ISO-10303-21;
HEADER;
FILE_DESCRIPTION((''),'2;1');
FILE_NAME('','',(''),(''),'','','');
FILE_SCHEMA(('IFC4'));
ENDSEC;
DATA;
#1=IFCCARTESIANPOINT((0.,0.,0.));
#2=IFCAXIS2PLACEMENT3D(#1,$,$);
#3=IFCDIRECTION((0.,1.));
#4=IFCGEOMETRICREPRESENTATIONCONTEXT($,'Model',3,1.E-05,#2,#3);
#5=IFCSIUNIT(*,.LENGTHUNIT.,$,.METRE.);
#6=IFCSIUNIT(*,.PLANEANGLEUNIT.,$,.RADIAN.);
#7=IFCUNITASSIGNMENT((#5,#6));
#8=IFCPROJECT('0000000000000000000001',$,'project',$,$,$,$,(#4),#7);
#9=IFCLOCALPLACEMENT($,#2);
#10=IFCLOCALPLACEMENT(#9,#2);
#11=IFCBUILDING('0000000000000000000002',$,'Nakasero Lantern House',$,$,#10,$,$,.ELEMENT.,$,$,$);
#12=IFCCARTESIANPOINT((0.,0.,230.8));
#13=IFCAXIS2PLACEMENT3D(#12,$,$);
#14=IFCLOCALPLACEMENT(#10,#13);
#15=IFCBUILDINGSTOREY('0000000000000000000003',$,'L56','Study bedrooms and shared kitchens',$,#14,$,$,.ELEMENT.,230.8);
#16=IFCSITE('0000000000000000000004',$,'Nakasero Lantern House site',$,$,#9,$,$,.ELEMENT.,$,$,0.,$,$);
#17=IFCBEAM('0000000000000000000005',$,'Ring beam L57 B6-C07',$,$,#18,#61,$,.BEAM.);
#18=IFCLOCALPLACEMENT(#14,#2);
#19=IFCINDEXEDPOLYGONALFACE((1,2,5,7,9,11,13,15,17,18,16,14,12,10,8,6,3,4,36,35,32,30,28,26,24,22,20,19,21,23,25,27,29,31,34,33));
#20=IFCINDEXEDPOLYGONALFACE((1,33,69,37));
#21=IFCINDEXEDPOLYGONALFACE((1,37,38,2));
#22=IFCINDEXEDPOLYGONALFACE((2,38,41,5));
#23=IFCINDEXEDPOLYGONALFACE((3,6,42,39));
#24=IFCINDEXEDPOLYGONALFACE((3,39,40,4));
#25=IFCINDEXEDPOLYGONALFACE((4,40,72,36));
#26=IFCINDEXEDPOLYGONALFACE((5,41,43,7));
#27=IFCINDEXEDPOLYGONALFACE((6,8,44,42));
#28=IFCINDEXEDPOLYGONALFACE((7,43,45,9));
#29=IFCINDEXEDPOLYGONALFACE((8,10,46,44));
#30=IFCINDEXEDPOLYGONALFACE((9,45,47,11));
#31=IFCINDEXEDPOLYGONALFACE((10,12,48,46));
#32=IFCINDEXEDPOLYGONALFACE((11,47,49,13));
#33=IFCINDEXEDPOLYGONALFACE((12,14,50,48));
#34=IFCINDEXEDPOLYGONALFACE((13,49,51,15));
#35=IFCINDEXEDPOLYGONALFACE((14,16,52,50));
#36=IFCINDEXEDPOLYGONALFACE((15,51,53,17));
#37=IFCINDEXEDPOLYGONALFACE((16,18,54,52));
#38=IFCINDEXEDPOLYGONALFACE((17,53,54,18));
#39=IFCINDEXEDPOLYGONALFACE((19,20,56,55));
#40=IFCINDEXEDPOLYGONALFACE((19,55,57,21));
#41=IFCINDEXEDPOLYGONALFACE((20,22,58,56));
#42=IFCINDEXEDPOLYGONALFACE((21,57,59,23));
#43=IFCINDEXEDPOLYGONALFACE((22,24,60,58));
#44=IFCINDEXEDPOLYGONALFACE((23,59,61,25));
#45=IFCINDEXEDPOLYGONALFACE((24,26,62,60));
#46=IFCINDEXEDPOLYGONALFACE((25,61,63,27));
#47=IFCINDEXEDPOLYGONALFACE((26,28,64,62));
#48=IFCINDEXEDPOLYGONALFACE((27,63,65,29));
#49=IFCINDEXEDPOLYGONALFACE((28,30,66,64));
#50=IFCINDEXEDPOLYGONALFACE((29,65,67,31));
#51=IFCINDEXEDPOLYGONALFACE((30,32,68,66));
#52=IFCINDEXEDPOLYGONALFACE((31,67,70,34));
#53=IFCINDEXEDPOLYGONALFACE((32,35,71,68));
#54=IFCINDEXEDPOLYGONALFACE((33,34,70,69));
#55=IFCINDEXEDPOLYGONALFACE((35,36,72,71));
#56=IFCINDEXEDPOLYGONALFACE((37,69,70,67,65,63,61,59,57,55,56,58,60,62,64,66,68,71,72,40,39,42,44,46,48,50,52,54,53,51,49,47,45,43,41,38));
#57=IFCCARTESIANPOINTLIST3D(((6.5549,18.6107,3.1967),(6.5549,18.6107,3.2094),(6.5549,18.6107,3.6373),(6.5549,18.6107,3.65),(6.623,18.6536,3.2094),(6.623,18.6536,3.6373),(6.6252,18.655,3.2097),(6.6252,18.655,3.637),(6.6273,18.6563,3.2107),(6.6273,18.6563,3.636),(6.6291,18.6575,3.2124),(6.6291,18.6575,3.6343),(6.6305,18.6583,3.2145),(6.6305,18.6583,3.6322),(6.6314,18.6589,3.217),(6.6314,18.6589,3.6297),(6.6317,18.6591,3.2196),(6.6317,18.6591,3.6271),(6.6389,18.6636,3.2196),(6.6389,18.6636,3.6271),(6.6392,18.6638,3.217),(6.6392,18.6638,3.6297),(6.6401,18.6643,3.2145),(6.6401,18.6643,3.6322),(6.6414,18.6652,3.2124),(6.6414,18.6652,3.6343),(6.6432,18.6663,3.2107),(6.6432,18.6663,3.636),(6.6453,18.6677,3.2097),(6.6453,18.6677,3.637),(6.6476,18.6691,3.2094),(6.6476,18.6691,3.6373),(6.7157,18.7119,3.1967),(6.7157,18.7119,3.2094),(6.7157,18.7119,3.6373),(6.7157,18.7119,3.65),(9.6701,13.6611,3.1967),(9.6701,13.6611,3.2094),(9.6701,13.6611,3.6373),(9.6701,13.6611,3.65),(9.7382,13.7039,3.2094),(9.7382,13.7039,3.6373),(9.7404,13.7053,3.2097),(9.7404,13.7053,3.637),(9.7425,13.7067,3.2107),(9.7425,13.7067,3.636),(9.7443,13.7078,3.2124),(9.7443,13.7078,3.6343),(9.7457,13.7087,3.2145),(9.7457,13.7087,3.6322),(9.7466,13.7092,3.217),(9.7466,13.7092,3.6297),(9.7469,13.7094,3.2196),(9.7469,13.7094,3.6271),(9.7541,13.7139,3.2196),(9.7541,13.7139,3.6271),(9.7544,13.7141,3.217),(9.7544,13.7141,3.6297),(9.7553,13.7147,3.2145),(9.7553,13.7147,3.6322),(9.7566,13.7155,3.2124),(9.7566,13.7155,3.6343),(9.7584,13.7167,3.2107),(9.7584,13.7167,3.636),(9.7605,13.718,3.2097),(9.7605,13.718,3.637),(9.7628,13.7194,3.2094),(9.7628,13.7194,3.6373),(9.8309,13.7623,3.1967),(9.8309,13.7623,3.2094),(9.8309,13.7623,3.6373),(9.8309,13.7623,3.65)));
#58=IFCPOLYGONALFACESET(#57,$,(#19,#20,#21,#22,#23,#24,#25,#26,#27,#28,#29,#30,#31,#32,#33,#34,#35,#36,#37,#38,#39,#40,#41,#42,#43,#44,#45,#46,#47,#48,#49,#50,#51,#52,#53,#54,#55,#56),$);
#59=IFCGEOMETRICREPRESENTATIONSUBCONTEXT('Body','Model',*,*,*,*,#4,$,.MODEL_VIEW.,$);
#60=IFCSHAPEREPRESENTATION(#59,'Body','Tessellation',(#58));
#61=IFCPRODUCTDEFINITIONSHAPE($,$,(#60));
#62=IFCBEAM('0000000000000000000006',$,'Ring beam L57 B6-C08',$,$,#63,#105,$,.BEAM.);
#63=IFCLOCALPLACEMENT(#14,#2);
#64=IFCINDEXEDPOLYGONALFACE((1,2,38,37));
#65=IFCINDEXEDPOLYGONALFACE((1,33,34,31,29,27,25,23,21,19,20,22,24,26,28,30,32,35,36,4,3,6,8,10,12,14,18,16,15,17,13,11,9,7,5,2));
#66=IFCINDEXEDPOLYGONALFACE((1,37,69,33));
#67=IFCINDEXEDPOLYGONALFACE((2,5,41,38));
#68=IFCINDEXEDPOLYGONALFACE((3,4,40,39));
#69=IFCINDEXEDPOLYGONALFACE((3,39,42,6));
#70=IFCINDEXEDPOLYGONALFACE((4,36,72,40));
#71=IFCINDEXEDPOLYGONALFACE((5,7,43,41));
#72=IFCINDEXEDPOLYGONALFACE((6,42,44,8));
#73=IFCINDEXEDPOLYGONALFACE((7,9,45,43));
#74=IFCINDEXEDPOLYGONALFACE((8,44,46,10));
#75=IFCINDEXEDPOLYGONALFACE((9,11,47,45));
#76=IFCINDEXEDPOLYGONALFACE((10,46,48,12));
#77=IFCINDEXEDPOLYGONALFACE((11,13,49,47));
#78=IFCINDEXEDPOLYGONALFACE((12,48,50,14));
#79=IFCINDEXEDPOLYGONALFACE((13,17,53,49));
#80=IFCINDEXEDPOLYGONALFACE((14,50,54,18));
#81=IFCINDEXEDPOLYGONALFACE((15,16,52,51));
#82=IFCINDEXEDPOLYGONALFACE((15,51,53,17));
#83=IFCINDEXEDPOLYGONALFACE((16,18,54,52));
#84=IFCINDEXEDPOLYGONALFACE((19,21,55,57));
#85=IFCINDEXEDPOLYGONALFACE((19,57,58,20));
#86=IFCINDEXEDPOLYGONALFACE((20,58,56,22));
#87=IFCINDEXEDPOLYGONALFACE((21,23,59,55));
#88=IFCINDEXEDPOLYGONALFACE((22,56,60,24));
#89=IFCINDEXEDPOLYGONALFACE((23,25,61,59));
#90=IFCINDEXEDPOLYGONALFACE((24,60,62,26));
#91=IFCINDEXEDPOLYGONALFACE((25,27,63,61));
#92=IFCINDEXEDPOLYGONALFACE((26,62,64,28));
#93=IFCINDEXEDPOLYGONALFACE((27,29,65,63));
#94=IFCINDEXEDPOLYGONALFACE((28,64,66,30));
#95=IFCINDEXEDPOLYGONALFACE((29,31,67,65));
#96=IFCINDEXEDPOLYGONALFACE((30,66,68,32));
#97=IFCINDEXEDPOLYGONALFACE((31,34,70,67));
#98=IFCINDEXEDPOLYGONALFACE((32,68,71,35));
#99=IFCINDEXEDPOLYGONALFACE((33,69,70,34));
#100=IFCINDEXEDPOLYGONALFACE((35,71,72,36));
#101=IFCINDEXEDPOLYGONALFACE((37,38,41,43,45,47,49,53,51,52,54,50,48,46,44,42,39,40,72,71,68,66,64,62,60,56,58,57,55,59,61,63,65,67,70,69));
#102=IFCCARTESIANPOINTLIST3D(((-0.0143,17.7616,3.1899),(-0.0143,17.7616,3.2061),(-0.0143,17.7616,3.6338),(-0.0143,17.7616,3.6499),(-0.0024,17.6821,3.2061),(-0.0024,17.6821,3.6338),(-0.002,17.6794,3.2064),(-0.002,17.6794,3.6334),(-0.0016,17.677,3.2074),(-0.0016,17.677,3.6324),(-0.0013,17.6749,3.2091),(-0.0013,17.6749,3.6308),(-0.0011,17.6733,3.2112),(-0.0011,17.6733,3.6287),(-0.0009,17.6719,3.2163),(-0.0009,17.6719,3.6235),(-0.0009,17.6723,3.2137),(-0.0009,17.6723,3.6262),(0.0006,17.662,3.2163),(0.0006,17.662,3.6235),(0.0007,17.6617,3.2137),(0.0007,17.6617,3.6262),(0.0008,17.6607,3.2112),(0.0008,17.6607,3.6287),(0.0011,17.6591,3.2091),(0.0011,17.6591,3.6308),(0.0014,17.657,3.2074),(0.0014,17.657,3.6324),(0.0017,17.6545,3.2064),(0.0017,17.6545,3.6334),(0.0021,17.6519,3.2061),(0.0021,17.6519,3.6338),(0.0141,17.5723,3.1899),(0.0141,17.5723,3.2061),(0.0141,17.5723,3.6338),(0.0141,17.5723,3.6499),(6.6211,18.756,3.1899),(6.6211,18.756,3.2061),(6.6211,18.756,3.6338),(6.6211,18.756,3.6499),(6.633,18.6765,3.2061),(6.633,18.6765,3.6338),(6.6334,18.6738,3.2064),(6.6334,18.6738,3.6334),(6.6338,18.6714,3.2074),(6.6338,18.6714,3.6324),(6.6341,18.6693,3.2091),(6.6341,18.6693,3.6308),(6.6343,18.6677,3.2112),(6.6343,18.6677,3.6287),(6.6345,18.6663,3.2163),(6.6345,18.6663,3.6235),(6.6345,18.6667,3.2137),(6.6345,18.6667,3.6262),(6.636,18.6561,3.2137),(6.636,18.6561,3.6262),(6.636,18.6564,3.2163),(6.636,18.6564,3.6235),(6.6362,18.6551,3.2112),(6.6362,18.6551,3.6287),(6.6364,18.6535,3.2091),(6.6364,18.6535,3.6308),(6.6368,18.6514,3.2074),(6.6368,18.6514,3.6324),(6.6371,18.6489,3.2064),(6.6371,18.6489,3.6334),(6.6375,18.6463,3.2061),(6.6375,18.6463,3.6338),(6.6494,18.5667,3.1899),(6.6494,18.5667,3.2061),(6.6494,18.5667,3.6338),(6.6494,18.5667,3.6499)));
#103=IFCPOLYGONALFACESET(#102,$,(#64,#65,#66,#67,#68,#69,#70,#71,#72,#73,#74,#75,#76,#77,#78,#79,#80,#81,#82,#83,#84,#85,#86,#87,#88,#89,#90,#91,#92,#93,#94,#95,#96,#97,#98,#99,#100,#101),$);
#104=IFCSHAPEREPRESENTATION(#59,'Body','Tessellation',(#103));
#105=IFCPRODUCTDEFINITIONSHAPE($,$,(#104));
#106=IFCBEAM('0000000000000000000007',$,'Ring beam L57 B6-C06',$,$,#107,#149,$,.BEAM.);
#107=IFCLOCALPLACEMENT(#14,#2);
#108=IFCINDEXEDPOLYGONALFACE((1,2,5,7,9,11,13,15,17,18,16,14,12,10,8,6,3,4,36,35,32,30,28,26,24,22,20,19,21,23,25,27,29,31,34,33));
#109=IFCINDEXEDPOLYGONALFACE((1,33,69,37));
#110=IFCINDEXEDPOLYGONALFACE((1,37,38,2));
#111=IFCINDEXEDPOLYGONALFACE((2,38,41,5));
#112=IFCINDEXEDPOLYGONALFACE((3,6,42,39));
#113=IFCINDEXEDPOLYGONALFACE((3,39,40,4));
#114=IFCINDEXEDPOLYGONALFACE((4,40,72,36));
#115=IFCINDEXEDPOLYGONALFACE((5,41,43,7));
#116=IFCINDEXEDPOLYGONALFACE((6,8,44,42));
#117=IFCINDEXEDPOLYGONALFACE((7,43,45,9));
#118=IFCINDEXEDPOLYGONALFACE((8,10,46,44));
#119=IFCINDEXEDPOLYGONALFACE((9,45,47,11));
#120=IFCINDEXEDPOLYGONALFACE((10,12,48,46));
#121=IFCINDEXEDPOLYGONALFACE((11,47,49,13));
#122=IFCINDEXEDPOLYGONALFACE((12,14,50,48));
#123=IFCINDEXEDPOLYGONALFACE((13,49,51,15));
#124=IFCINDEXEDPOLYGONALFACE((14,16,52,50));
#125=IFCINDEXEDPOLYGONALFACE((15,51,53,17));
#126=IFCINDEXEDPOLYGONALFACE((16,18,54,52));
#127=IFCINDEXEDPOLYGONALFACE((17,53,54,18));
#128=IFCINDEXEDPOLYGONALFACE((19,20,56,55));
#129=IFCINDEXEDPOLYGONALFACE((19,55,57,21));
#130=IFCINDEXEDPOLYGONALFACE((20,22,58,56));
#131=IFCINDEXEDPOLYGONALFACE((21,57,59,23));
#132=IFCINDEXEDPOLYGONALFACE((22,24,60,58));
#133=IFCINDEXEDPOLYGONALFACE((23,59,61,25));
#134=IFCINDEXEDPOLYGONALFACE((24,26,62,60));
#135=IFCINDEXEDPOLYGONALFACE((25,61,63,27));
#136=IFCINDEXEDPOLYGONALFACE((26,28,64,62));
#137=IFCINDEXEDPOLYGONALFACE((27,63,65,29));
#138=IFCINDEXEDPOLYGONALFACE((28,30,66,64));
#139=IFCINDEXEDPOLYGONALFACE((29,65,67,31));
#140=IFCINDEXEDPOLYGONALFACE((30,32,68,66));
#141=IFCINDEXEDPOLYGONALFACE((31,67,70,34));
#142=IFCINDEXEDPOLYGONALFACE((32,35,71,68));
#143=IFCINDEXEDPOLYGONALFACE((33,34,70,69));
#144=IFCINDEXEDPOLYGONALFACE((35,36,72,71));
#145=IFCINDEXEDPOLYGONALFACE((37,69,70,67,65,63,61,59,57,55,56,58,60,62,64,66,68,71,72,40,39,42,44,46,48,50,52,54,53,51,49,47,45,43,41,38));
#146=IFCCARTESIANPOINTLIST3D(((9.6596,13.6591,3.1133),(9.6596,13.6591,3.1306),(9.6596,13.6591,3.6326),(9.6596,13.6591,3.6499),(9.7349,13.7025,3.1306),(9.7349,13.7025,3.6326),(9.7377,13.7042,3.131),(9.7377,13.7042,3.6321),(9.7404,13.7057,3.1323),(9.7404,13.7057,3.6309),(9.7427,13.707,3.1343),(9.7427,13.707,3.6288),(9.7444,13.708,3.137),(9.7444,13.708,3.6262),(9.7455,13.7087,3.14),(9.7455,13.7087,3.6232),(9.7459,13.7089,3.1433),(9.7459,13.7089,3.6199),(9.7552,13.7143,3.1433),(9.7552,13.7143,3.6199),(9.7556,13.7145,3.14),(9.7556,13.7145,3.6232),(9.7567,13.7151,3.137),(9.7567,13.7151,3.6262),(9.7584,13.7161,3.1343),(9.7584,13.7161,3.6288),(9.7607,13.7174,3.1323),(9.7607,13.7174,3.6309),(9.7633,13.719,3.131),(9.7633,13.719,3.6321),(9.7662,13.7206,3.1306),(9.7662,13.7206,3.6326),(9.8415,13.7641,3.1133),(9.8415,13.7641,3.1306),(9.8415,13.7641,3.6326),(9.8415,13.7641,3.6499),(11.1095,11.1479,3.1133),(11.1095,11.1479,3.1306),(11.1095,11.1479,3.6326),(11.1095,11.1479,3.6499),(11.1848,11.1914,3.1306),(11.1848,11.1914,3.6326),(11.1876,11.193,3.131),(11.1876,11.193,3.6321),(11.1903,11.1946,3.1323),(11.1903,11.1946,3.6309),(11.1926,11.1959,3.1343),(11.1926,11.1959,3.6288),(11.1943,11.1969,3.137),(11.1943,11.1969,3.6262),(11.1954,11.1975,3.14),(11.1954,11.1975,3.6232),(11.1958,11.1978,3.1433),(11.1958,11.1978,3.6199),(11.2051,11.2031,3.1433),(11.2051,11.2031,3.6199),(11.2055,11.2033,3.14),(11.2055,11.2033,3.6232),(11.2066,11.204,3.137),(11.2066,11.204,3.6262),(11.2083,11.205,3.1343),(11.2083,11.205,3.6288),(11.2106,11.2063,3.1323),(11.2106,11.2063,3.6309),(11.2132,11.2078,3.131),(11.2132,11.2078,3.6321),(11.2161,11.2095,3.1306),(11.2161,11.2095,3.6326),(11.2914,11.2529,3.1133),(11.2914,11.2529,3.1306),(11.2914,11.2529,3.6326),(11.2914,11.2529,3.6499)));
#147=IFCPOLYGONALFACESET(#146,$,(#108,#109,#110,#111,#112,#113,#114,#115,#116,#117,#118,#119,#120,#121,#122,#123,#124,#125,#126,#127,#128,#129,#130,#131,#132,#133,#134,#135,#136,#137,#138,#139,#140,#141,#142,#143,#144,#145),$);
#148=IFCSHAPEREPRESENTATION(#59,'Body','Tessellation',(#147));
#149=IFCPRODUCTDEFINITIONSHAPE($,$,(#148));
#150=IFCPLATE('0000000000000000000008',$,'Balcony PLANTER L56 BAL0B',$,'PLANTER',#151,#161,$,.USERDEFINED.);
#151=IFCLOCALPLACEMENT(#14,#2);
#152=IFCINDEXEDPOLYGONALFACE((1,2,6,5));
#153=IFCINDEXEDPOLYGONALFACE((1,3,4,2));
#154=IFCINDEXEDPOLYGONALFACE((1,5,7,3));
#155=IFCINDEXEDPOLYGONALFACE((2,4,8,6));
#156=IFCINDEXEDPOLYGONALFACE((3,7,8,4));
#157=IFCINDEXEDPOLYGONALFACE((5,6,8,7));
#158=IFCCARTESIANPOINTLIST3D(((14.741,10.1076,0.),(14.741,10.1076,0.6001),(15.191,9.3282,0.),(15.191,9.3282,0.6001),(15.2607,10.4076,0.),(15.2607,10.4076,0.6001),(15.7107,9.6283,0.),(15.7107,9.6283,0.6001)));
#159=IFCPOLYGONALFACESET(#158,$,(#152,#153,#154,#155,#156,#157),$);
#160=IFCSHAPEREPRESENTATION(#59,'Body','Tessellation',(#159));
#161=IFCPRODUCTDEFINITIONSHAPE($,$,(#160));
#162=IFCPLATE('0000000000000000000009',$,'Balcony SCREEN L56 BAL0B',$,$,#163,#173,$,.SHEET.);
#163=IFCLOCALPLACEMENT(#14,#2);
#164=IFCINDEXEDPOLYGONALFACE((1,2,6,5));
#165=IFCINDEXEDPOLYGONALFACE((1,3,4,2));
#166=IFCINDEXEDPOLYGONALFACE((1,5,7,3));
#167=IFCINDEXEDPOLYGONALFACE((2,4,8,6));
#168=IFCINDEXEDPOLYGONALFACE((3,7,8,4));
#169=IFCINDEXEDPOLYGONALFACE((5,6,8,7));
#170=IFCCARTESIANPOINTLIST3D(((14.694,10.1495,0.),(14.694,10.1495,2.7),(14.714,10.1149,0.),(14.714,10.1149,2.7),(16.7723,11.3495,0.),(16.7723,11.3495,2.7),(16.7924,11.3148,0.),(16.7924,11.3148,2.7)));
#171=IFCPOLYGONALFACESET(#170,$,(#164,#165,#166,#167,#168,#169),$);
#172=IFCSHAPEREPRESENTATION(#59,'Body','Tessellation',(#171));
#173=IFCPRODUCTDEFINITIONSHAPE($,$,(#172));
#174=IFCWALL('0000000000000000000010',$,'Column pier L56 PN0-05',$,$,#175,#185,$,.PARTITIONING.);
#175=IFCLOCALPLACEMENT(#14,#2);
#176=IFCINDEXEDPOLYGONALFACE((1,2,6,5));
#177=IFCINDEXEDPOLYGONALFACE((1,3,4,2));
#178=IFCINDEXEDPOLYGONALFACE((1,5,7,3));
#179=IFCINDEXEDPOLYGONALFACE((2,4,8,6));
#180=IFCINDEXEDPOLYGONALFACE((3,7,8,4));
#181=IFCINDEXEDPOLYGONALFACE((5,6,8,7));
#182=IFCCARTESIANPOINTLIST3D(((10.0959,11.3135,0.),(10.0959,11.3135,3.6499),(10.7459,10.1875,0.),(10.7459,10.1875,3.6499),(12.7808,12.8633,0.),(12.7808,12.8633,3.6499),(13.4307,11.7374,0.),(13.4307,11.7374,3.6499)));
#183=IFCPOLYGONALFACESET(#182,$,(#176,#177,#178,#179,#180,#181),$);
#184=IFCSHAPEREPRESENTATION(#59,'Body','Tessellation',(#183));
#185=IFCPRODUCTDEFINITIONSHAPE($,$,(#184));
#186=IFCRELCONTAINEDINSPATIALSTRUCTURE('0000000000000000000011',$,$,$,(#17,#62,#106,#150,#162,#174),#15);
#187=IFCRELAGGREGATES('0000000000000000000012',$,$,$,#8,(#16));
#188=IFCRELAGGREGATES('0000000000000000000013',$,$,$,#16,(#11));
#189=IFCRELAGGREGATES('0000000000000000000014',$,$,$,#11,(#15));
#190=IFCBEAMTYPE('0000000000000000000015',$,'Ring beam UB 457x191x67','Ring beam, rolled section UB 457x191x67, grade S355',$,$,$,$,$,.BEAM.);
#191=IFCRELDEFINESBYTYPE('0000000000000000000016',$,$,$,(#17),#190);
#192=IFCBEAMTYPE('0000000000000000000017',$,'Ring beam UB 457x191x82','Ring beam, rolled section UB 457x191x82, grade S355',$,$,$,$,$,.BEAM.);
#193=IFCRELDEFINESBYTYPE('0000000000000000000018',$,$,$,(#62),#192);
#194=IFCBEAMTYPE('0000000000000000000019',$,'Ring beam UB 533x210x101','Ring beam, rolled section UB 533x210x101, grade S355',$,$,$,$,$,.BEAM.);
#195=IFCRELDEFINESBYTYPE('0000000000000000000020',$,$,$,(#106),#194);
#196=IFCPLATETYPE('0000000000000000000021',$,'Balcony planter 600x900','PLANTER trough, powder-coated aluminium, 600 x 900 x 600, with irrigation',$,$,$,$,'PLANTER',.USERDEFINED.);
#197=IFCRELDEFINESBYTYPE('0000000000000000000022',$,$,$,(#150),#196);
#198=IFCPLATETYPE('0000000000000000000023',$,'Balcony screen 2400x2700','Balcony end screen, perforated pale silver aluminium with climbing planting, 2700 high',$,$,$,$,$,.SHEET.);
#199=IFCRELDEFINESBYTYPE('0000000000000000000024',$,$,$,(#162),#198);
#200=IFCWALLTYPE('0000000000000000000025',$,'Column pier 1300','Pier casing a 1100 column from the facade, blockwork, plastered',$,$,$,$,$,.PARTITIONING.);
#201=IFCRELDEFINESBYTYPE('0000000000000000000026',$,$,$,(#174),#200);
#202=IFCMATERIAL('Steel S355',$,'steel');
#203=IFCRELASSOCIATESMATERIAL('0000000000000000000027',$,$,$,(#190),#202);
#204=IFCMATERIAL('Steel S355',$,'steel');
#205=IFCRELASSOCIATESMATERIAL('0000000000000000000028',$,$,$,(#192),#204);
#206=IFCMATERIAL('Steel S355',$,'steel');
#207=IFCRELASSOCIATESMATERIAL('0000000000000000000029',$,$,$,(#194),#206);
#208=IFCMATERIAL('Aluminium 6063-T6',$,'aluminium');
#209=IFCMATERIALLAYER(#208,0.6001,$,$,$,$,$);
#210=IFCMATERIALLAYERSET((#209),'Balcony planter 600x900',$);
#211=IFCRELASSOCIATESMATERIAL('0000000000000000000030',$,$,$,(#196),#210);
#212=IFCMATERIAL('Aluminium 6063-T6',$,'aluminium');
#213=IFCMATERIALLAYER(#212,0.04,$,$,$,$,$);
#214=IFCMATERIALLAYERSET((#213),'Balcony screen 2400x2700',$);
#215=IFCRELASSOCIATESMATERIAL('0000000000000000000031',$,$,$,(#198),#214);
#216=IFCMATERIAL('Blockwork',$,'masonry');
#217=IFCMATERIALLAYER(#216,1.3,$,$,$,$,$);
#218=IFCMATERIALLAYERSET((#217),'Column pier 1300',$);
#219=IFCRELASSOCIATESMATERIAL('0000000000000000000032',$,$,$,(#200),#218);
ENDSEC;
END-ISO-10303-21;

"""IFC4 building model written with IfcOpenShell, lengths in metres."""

from ifc_helpers import new_model, si_unit, direction, frame, frame_2d, origin, origin_2d, place, context, subcontext, project, spatial, rectangle, i_section, extrude, material, layer, layer_set, material_profile, profile_set, type_object, element, save


model = new_model("IFC4")

# Units and contexts
model_context = context("Model", 3, precision=1e-05, world=origin(), true_north=direction((0.0, 1.0)))
body_context = subcontext(model_context, "Body", "Model", "MODEL_VIEW")
ifc_project = project(units=[si_unit("LENGTHUNIT", "METRE"), si_unit("PLANEANGLEUNIT", "RADIAN")], contexts=[model_context])

# Site, building, storey
site_placement = place(None, origin())
site = spatial("IfcSite", under=ifc_project, at=site_placement, Name="Nakasero Lantern House site", CompositionType="ELEMENT", RefElevation=0.0)
building_placement = place(site_placement, origin())
building = spatial("IfcBuilding", under=site, at=building_placement, Name="Nakasero Lantern House", CompositionType="ELEMENT")
storey_placement = place(building_placement, frame((0.0, 0.0, 230.8)))
storey = spatial("IfcBuildingStorey", under=building, at=storey_placement, Name="L56", Description="Study bedrooms and shared kitchens", CompositionType="ELEMENT", Elevation=230.8)

# Beams
ifc_material_1 = material(Name="Steel S355", Category="steel")
ifc_material_profile_1 = material_profile(ifc_material_1, i_section(OverallWidth=0.1899, OverallDepth=0.4534, WebThickness=0.0085, FlangeThickness=0.0127, FilletRadius=0.0103, at=origin_2d()), Name="UB 457x191x67")
ifc_profile_set_1 = profile_set([ifc_material_profile_1], Name="Steel S355")
beam_type_1 = type_object("IfcBeamType", Name="Ring beam UB 457x191x67", Description="Ring beam, rolled section UB 457x191x67, grade S355", PredefinedType="BEAM", material=ifc_profile_set_1)
beam_1_placement = place(storey_placement, frame((9.7505, 13.7117, 3.4233), z_axis=(-0.53266, 0.846329, 0.0), x_axis=(-0.846329, -0.53266, 0.0)))
element("IfcBeam", 1, at=beam_1_placement, inside=storey, type_object=beam_type_1, Name="Ring beam L57 B6-C07", PredefinedType="BEAM", context=body_context, shape_type="SweptSolid", body=[
    extrude(i_section(OverallWidth=0.1899, OverallDepth=0.4534, WebThickness=0.0085, FlangeThickness=0.0127, FilletRadius=0.0103, at=origin_2d()), origin(), (0.0, 0.0, 1.0), 5.8484),
])
ifc_material_2 = material(Name="Steel S355", Category="steel")
ifc_material_profile_2 = material_profile(ifc_material_2, i_section(OverallWidth=0.1914, OverallDepth=0.46, WebThickness=0.01, FlangeThickness=0.0161, FilletRadius=0.0103, at=origin_2d()), Name="UB 457x191x82")
ifc_profile_set_2 = profile_set([ifc_material_profile_2], Name="Steel S355")
beam_type_2 = type_object("IfcBeamType", Name="Ring beam UB 457x191x82", Description="Ring beam, rolled section UB 457x191x82, grade S355", PredefinedType="BEAM", material=ifc_profile_set_2)
beam_2_placement = place(storey_placement, frame((6.6353, 18.6614, 3.4199), z_axis=(-0.988956, -0.148209, 0.0), x_axis=(0.148209, -0.988956, 0.0)))
element("IfcBeam", 2, at=beam_2_placement, inside=storey, type_object=beam_type_2, Name="Ring beam L57 B6-C08", PredefinedType="BEAM", context=body_context, shape_type="SweptSolid", body=[
    extrude(i_section(OverallWidth=0.1914, OverallDepth=0.46, WebThickness=0.01, FlangeThickness=0.0161, FilletRadius=0.0103, at=origin_2d()), origin(), (0.0, 0.0, 1.0), 6.7095),
])
ifc_material_3 = material(Name="Steel S355", Category="steel")
ifc_material_profile_3 = material_profile(ifc_material_3, i_section(OverallWidth=0.21, OverallDepth=0.5366, WebThickness=0.0107, FlangeThickness=0.0173, FilletRadius=0.0127, at=origin_2d()), Name="UB 533x210x101")
ifc_profile_set_3 = profile_set([ifc_material_profile_3], Name="Steel S355")
beam_type_3 = type_object("IfcBeamType", Name="Ring beam UB 533x210x101", Description="Ring beam, rolled section UB 533x210x101, grade S355", PredefinedType="BEAM", material=ifc_profile_set_3)
beam_3_placement = place(storey_placement, frame((11.2004, 11.2004, 3.3816), z_axis=(-0.500024, 0.866012, 0.0), x_axis=(-0.866012, -0.500024, 0.0)))
element("IfcBeam", 3, at=beam_3_placement, inside=storey, type_object=beam_type_3, Name="Ring beam L57 B6-C06", PredefinedType="BEAM", context=body_context, shape_type="SweptSolid", body=[
    extrude(i_section(OverallWidth=0.21, OverallDepth=0.5366, WebThickness=0.0107, FlangeThickness=0.0173, FilletRadius=0.0127, at=origin_2d()), origin(), (0.0, 0.0, 1.0), 2.8997),
])

# Plates
ifc_material_4 = material(Name="Aluminium 6063-T6", Category="aluminium")
ifc_layer_1 = layer(ifc_material_4, 0.6001)
ifc_layer_set_1 = layer_set([ifc_layer_1], Name="Balcony planter 600x900")
plate_type_1 = type_object("IfcPlateType", Name="Balcony planter 600x900", Description="PLANTER trough, powder-coated aluminium, 600 x 900 x 600, with irrigation", ElementType="PLANTER", PredefinedType="USERDEFINED", material=ifc_layer_set_1)
plate_1_placement = place(storey_placement, frame((15.2258, 9.8679, 0.0), z_axis=(0.0, 0.0, 1.0), x_axis=(0.866025, 0.5, 0.0)))
element("IfcPlate", 4, at=plate_1_placement, inside=storey, type_object=plate_type_1, Name="Balcony PLANTER L56 BAL0B", ObjectType="PLANTER", PredefinedType="USERDEFINED", context=body_context, shape_type="SweptSolid", body=[
    extrude(rectangle(XDim=0.6001, YDim=0.8999, at=origin_2d()), origin(), (0.0, 0.0, 1.0), 0.6001),
])
ifc_material_5 = material(Name="Aluminium 6063-T6", Category="aluminium")
ifc_layer_2 = layer(ifc_material_5, 0.04)
ifc_layer_set_2 = layer_set([ifc_layer_2], Name="Balcony screen 2400x2700")
plate_type_2 = type_object("IfcPlateType", Name="Balcony screen 2400x2700", Description="Balcony end screen, perforated pale silver aluminium with climbing planting, 2700 high", PredefinedType="SHEET", material=ifc_layer_set_2)
plate_2_placement = place(storey_placement, frame((15.7432, 10.7322, 0.0), z_axis=(0.0, 0.0, 1.0), x_axis=(0.866025, 0.5, 0.0)))
element("IfcPlate", 5, at=plate_2_placement, inside=storey, type_object=plate_type_2, Name="Balcony SCREEN L56 BAL0B", PredefinedType="SHEET", context=body_context, shape_type="SweptSolid", body=[
    extrude(rectangle(XDim=2.3999, YDim=0.04, at=origin_2d()), origin(), (0.0, 0.0, 1.0), 2.7),
])

# Wall
ifc_material_6 = material(Name="Blockwork", Category="masonry")
ifc_layer_3 = layer(ifc_material_6, 1.3)
ifc_layer_set_3 = layer_set([ifc_layer_3], Name="Column pier 1300")
wall_type_1 = type_object("IfcWallType", Name="Column pier 1300", Description="Pier casing a 1100 column from the facade, blockwork, plastered", PredefinedType="PARTITIONING", material=ifc_layer_set_3)
wall_1_placement = place(storey_placement, frame((10.4209, 10.7505, 0.0), z_axis=(0.0, 0.0, 1.0), x_axis=(0.866064, 0.499934, 0.0)))
element("IfcWall", 6, at=wall_1_placement, inside=storey, type_object=wall_type_1, Name="Column pier L56 PN0-05", PredefinedType="PARTITIONING", context=body_context, shape_type="SweptSolid", body=[
    extrude(rectangle(XDim=3.1001, YDim=1.3, at=frame_2d((1.55, 0.0))), origin(), (0.0, 0.0, 1.0), 3.6499),
])

save(model, "model.ifc")
